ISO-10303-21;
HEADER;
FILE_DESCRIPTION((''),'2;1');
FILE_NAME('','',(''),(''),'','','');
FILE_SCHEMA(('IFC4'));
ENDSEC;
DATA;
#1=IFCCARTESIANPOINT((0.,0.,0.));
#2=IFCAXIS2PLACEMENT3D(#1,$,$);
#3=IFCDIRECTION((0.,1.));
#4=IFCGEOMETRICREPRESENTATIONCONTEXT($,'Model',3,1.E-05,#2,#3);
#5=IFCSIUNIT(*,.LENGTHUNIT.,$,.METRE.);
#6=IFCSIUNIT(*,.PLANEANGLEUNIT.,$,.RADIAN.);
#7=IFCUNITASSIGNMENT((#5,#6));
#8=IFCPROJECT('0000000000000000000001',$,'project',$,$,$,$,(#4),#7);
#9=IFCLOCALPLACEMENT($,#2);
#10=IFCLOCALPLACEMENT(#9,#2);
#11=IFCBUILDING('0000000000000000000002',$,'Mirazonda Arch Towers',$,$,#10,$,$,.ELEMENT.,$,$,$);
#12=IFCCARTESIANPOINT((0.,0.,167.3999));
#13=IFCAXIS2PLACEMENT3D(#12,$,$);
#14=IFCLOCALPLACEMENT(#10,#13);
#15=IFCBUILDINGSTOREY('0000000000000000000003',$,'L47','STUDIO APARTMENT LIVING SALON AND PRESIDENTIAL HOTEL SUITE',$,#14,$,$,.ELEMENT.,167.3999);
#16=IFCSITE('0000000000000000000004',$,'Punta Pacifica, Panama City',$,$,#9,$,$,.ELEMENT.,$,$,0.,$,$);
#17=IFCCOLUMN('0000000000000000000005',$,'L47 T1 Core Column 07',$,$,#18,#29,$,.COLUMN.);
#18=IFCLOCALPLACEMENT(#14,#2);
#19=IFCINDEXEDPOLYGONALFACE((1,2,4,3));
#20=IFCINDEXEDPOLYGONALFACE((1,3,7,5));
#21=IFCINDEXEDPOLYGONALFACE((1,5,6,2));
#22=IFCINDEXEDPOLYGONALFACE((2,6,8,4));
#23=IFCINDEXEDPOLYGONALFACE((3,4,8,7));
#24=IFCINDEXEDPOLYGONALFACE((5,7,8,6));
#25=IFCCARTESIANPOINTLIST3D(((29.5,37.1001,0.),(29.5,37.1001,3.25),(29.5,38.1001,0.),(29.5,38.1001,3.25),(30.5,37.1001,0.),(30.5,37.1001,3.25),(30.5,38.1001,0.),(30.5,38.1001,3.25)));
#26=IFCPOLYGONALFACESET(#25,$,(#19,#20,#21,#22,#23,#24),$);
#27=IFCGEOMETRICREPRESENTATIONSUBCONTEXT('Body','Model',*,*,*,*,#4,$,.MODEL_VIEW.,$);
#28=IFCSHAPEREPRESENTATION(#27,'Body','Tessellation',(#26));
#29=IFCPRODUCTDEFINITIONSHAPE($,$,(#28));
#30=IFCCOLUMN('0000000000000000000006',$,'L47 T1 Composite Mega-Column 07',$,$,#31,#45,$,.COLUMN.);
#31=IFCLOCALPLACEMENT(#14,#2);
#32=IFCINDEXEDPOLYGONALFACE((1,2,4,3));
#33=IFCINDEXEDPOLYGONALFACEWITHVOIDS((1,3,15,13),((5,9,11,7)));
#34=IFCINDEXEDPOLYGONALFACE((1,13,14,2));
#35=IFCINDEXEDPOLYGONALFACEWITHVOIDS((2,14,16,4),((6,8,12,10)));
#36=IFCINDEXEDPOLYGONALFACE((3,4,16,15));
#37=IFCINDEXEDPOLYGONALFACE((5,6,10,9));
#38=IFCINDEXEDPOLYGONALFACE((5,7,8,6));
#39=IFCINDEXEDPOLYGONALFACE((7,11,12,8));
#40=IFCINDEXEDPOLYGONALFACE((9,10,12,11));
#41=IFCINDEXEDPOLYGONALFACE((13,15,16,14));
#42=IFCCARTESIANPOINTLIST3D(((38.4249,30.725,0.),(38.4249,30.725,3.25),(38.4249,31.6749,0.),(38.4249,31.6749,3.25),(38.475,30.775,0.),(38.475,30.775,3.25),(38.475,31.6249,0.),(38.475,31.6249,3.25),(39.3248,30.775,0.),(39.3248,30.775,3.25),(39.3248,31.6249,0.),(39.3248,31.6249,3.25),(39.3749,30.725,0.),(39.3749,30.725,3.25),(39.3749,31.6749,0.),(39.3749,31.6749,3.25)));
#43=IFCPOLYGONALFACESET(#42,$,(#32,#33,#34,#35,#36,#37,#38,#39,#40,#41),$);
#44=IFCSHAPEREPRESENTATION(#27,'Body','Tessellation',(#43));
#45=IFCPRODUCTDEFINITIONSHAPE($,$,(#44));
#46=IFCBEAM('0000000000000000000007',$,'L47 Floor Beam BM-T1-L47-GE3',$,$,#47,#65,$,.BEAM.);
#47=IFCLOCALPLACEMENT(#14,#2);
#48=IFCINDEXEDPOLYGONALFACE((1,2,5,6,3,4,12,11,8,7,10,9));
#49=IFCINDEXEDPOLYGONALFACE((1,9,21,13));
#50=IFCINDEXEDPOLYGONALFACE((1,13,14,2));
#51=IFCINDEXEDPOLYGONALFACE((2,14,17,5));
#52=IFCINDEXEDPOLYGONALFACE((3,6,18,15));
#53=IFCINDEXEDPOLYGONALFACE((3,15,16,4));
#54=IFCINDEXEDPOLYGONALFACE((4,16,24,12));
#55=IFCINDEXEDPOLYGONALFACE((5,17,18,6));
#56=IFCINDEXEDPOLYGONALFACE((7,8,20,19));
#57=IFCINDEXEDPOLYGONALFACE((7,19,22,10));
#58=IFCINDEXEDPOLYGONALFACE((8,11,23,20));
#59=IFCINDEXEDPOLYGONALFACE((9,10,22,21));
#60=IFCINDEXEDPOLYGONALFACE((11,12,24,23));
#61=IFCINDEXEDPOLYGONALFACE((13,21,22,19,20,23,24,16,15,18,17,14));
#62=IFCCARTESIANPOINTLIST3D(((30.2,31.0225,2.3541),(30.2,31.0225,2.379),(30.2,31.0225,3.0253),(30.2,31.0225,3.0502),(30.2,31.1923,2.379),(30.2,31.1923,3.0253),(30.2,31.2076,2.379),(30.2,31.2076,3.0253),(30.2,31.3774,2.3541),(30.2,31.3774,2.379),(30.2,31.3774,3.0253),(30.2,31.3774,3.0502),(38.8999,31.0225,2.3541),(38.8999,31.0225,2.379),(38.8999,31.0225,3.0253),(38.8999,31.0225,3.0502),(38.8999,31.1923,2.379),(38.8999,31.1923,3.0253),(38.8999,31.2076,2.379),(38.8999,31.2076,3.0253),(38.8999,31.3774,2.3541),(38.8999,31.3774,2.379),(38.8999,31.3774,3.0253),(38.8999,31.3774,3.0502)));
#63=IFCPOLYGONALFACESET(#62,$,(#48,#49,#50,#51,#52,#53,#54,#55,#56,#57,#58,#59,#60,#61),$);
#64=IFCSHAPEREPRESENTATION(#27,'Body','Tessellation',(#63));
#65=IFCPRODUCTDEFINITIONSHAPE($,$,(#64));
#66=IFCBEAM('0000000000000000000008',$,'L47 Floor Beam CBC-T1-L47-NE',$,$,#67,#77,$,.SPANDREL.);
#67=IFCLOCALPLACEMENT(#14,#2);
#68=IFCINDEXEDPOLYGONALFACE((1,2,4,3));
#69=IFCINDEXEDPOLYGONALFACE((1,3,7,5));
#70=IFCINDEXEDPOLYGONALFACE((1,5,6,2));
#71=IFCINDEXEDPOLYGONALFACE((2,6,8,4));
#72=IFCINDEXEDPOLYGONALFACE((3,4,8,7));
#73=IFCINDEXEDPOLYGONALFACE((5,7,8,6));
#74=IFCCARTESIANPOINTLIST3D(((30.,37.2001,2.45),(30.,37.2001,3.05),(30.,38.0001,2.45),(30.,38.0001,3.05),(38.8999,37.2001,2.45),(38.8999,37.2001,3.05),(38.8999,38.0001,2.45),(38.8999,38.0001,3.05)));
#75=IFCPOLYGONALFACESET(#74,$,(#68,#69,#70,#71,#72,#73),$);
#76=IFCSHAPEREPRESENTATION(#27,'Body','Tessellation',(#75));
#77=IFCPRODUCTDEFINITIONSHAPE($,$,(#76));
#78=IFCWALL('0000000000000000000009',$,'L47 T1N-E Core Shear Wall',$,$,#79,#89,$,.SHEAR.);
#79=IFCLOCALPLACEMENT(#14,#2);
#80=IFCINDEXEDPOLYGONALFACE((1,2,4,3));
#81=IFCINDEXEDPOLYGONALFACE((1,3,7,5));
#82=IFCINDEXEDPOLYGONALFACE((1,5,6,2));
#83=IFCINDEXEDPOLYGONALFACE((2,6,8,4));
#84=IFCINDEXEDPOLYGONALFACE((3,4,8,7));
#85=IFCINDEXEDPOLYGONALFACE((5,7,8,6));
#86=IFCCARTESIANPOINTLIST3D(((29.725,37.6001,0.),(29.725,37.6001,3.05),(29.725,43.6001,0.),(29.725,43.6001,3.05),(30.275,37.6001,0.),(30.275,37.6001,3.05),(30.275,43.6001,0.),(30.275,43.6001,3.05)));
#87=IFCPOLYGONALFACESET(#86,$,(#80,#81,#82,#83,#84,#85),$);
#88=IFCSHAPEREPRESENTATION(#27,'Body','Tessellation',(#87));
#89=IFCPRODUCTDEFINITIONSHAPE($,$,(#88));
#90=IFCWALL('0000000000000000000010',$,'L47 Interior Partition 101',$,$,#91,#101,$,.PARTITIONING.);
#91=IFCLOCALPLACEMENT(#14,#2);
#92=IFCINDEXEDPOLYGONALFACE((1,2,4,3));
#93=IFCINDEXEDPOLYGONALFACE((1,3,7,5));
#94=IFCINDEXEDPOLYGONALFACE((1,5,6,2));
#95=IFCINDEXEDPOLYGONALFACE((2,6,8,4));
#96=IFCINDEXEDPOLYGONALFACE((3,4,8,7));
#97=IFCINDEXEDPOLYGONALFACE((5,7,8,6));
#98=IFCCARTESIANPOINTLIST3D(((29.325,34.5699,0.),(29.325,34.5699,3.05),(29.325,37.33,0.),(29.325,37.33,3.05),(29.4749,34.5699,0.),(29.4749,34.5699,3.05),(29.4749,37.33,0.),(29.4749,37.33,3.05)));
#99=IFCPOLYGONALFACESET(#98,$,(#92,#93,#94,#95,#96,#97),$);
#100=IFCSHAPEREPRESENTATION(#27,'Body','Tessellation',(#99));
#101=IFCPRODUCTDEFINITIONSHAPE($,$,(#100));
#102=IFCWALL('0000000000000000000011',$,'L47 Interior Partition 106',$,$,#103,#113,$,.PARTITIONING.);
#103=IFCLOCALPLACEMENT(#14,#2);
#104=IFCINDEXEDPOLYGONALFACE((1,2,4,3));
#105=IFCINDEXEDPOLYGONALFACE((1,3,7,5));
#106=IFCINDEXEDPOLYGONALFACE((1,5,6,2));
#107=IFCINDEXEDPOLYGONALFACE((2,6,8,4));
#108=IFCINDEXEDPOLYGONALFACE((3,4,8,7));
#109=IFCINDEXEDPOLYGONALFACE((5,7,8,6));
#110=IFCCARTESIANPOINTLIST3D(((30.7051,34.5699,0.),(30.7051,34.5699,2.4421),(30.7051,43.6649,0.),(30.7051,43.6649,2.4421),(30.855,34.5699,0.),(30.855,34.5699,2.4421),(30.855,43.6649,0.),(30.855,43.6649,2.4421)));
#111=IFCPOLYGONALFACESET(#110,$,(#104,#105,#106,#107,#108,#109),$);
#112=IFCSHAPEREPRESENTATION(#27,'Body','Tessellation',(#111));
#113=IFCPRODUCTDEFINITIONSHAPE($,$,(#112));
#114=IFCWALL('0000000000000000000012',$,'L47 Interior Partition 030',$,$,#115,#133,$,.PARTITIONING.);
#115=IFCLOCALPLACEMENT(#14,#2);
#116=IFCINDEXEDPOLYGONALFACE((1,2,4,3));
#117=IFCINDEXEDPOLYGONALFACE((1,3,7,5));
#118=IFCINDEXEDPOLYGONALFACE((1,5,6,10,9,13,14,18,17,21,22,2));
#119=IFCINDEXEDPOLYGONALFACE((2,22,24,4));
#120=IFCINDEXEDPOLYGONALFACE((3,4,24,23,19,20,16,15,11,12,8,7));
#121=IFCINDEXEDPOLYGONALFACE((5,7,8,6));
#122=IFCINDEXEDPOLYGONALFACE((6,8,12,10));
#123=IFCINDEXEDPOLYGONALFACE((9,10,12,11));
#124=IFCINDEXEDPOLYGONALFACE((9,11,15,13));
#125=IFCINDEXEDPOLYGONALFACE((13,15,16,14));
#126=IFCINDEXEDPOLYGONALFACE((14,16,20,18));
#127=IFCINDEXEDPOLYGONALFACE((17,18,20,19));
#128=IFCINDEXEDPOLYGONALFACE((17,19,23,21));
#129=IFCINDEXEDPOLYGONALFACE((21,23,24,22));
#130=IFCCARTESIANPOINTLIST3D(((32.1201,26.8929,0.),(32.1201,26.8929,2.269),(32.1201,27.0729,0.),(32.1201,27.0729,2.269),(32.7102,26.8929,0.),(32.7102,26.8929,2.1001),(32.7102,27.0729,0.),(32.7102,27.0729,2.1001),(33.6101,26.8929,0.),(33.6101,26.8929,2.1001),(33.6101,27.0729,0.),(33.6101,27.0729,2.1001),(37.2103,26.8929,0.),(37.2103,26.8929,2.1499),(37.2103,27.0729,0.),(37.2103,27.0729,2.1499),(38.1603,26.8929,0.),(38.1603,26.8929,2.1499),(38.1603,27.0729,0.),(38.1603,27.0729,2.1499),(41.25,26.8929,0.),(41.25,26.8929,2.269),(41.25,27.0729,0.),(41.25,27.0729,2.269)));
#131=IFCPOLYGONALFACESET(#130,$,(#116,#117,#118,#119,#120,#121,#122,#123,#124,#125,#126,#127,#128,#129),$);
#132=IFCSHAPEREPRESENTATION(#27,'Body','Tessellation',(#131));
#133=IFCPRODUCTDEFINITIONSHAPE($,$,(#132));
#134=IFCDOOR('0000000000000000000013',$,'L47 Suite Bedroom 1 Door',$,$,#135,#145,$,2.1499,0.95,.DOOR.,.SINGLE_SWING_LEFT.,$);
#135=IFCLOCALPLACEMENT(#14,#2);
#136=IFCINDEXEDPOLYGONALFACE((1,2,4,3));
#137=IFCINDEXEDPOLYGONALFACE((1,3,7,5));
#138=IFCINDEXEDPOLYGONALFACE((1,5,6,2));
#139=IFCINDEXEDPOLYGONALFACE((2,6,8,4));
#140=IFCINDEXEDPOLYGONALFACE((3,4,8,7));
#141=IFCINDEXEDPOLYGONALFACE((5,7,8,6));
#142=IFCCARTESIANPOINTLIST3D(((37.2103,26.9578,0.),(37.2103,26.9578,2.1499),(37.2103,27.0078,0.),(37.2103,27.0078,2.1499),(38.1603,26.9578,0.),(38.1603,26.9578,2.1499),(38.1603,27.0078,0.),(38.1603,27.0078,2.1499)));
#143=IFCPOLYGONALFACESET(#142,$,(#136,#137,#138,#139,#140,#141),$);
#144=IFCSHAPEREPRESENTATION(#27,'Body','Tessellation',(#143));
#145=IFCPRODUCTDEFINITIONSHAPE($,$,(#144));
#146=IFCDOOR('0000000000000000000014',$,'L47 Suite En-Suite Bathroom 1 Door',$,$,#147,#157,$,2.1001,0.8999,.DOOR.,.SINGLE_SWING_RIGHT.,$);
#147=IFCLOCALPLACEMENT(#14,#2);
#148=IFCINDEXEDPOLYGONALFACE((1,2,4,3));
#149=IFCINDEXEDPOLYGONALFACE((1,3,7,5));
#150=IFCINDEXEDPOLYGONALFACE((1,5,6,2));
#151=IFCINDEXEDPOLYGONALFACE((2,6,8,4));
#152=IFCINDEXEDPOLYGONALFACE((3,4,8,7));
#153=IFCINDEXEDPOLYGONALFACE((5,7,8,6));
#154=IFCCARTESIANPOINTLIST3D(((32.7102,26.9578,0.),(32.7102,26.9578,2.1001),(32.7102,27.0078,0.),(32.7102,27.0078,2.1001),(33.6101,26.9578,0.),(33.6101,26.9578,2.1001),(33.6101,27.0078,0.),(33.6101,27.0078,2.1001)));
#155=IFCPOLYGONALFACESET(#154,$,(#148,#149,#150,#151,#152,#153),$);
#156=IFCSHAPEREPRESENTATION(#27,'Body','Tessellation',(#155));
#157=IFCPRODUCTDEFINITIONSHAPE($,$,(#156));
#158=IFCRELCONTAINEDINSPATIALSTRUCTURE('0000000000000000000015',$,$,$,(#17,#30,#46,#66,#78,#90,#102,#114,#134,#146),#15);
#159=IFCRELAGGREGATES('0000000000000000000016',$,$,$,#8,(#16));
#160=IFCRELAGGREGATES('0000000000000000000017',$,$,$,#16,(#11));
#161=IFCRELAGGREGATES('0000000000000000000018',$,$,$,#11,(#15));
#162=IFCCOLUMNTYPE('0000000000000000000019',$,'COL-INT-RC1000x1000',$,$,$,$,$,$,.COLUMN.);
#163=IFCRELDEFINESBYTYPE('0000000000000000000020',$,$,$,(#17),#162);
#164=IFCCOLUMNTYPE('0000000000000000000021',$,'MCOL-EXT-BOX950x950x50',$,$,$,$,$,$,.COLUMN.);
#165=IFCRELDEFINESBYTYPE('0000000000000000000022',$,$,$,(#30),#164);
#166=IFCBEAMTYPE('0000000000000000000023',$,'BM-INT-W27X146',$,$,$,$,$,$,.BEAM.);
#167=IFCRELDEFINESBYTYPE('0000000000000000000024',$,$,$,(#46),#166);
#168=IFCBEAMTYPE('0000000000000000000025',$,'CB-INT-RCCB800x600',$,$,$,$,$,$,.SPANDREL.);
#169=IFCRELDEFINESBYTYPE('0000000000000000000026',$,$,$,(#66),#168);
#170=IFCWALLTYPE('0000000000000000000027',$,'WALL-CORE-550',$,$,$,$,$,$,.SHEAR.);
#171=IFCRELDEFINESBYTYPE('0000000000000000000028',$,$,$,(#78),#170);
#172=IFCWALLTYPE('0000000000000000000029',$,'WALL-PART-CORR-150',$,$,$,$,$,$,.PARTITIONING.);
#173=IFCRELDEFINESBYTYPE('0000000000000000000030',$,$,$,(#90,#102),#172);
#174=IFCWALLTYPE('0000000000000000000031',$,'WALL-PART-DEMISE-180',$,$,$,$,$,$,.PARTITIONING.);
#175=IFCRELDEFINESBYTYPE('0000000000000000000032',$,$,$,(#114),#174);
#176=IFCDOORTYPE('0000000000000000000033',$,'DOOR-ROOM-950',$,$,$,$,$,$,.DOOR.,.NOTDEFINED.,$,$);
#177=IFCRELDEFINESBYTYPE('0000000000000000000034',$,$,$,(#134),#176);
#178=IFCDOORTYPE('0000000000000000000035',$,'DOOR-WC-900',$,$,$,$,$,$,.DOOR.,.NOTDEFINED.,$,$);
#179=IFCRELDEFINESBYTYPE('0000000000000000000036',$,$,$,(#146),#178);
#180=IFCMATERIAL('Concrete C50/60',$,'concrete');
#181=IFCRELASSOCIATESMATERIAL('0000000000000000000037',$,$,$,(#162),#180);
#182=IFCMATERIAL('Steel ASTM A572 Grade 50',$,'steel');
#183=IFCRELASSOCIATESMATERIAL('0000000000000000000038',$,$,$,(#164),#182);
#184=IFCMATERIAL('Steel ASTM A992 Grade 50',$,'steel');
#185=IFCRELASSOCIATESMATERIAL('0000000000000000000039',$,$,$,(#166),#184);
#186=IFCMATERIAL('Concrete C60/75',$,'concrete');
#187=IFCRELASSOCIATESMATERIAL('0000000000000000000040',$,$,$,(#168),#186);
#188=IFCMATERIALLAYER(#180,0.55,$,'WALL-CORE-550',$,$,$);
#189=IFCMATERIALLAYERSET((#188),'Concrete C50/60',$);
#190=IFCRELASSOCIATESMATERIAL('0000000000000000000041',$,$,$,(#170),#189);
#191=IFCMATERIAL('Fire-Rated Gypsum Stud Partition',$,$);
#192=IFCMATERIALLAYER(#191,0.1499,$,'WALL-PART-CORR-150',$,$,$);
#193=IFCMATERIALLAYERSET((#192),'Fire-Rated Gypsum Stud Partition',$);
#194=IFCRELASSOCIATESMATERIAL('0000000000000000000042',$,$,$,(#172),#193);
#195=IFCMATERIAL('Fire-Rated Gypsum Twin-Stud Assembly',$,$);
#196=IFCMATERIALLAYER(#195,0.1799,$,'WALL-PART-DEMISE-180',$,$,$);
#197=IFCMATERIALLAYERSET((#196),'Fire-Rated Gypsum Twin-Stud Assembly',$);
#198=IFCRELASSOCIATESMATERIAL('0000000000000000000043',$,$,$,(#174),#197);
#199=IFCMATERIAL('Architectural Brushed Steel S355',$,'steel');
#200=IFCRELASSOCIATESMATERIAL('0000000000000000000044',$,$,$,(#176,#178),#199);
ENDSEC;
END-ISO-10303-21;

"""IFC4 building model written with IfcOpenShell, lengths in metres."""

from ifc_helpers import new_model, si_unit, direction, frame, frame_2d, origin, origin_2d, place, context, subcontext, project, spatial, rectangle, hollow_rectangle, i_section, extrude, material, layer, layer_set, material_profile, profile_set, type_object, element, fill, save


model = new_model("IFC4")

# Units and contexts
model_context = context("Model", 3, precision=1e-05, world=origin(), true_north=direction((0.0, 1.0)))
body_context = subcontext(model_context, "Body", "Model", "MODEL_VIEW")
ifc_project = project(units=[si_unit("LENGTHUNIT", "METRE"), si_unit("PLANEANGLEUNIT", "RADIAN")], contexts=[model_context])

# Site, building, storey
site_placement = place(None, origin())
site = spatial("IfcSite", under=ifc_project, at=site_placement, Name="Punta Pacifica, Panama City", CompositionType="ELEMENT", RefElevation=0.0)
building_placement = place(site_placement, origin())
building = spatial("IfcBuilding", under=site, at=building_placement, Name="Mirazonda Arch Towers", CompositionType="ELEMENT")
storey_placement = place(building_placement, frame((0.0, 0.0, 167.3999)))
storey = spatial("IfcBuildingStorey", under=building, at=storey_placement, Name="L47", Description="STUDIO APARTMENT LIVING SALON AND PRESIDENTIAL HOTEL SUITE", CompositionType="ELEMENT", Elevation=167.3999)

# Columns
ifc_material_1 = material(Name="Concrete C50/60", Category="concrete")
ifc_material_profile_1 = material_profile(ifc_material_1, rectangle(XDim=1.0, YDim=1.0, at=origin_2d()), Name="RC1000x1000")
ifc_profile_set_1 = profile_set([ifc_material_profile_1], Name="Concrete C50/60")
column_type_1 = type_object("IfcColumnType", Name="COL-INT-RC1000x1000", PredefinedType="COLUMN", material=ifc_profile_set_1)
column_1_placement = place(storey_placement, frame((30.0, 37.6001, 0.0), z_axis=(0.0, 0.0, 1.0), x_axis=(1.0, 0.0, 0.0)))
element("IfcColumn", 1, at=column_1_placement, inside=storey, type_object=column_type_1, Name="L47 T1 Core Column 07", PredefinedType="COLUMN", context=body_context, shape_type="SweptSolid", body=[
    extrude(rectangle(XDim=1.0, YDim=1.0, at=origin_2d()), origin(), (0.0, 0.0, 1.0), 3.25),
])
ifc_material_2 = material(Name="Steel ASTM A572 Grade 50", Category="steel")
ifc_material_profile_2 = material_profile(ifc_material_2, hollow_rectangle(XDim=0.95, YDim=0.95, WallThickness=0.05, at=origin_2d()), Name="BOX950x950x50")
ifc_profile_set_2 = profile_set([ifc_material_profile_2], Name="Steel ASTM A572 Grade 50")
column_type_2 = type_object("IfcColumnType", Name="MCOL-EXT-BOX950x950x50", PredefinedType="COLUMN", material=ifc_profile_set_2)
column_2_placement = place(storey_placement, frame((38.8999, 31.2, 0.0), z_axis=(0.0, 0.0, 1.0), x_axis=(1.0, 0.0, 0.0)))
element("IfcColumn", 2, at=column_2_placement, inside=storey, type_object=column_type_2, Name="L47 T1 Composite Mega-Column 07", PredefinedType="COLUMN", context=body_context, shape_type="SweptSolid", body=[
    extrude(hollow_rectangle(XDim=0.95, YDim=0.95, WallThickness=0.05, at=origin_2d()), origin(), (0.0, 0.0, 1.0), 3.25),
])

# Beams
ifc_material_3 = material(Name="Steel ASTM A992 Grade 50", Category="steel")
ifc_material_profile_3 = material_profile(ifc_material_3, i_section(OverallWidth=0.355, OverallDepth=0.696, WebThickness=0.0154, FlangeThickness=0.0249, at=origin_2d()), Name="W27X146")
ifc_profile_set_3 = profile_set([ifc_material_profile_3], Name="Steel ASTM A992 Grade 50")
beam_type_1 = type_object("IfcBeamType", Name="BM-INT-W27X146", PredefinedType="BEAM", material=ifc_profile_set_3)
beam_1_placement = place(storey_placement, frame((30.2, 31.2, 2.7021), z_axis=(1.0, 0.0, 0.0), x_axis=(0.0, 1.0, 0.0)))
element("IfcBeam", 3, at=beam_1_placement, inside=storey, type_object=beam_type_1, Name="L47 Floor Beam BM-T1-L47-GE3", PredefinedType="BEAM", context=body_context, shape_type="SweptSolid", body=[
    extrude(i_section(OverallWidth=0.355, OverallDepth=0.696, WebThickness=0.0154, FlangeThickness=0.0249, at=origin_2d()), origin(), (0.0, 0.0, 1.0), 8.7),
])
ifc_material_4 = material(Name="Concrete C60/75", Category="concrete")
ifc_material_profile_4 = material_profile(ifc_material_4, rectangle(XDim=0.8, YDim=0.6001, at=origin_2d()), Name="RCCB800x600")
ifc_profile_set_4 = profile_set([ifc_material_profile_4], Name="Concrete C60/75")
beam_type_2 = type_object("IfcBeamType", Name="CB-INT-RCCB800x600", PredefinedType="SPANDREL", material=ifc_profile_set_4)
beam_2_placement = place(storey_placement, frame((30.0, 37.6001, 2.75), z_axis=(1.0, 0.0, 0.0), x_axis=(0.0, 1.0, 0.0)))
element("IfcBeam", 4, at=beam_2_placement, inside=storey, type_object=beam_type_2, Name="L47 Floor Beam CBC-T1-L47-NE", PredefinedType="SPANDREL", context=body_context, shape_type="SweptSolid", body=[
    extrude(rectangle(XDim=0.8, YDim=0.6001, at=origin_2d()), origin(), (0.0, 0.0, 1.0), 8.8999),
])

# Walls
ifc_layer_1 = layer(ifc_material_1, 0.55, Name="WALL-CORE-550")
ifc_layer_set_1 = layer_set([ifc_layer_1], Name="Concrete C50/60")
wall_type_1 = type_object("IfcWallType", Name="WALL-CORE-550", PredefinedType="SHEAR", material=ifc_layer_set_1)
wall_1_placement = place(storey_placement, frame((30.0, 37.6001, 0.0), z_axis=(0.0, 0.0, 1.0), x_axis=(0.0, 1.0, 0.0)))
element("IfcWall", 5, at=wall_1_placement, inside=storey, type_object=wall_type_1, Name="L47 T1N-E Core Shear Wall", PredefinedType="SHEAR", context=body_context, shape_type="SweptSolid", body=[
    extrude(rectangle(XDim=6.0, YDim=0.55, at=frame_2d((3.0, 0.0))), origin(), (0.0, 0.0, 1.0), 3.05),
])
ifc_material_5 = material(Name="Fire-Rated Gypsum Stud Partition")
ifc_layer_2 = layer(ifc_material_5, 0.1499, Name="WALL-PART-CORR-150")
ifc_layer_set_2 = layer_set([ifc_layer_2], Name="Fire-Rated Gypsum Stud Partition")
wall_type_2 = type_object("IfcWallType", Name="WALL-PART-CORR-150", PredefinedType="PARTITIONING", material=ifc_layer_set_2)
wall_2_placement = place(storey_placement, frame((29.3999, 34.5701, 0.0), z_axis=(0.0, 0.0, 1.0), x_axis=(0.0, 1.0, 0.0)))
element("IfcWall", 6, at=wall_2_placement, inside=storey, type_object=wall_type_2, Name="L47 Interior Partition 101", PredefinedType="PARTITIONING", context=body_context, shape_type="SweptSolid", body=[
    extrude(rectangle(XDim=2.76, YDim=0.1499, at=frame_2d((1.3799, 0.0))), origin(), (0.0, 0.0, 1.0), 3.05),
])
wall_3_placement = place(storey_placement, frame((30.78, 34.5701, 0.0), z_axis=(0.0, 0.0, 1.0), x_axis=(0.0, 1.0, 0.0)))
element("IfcWall", 7, at=wall_3_placement, inside=storey, type_object=wall_type_2, Name="L47 Interior Partition 106", PredefinedType="PARTITIONING", context=body_context, shape_type="SweptSolid", body=[
    extrude(rectangle(XDim=9.095, YDim=0.1499, at=frame_2d((4.5474, 0.0))), origin(), (0.0, 0.0, 1.0), 2.4421),
])

# Wall, openings, doors
ifc_material_6 = material(Name="Fire-Rated Gypsum Twin-Stud Assembly")
ifc_layer_3 = layer(ifc_material_6, 0.1799, Name="WALL-PART-DEMISE-180")
ifc_layer_set_3 = layer_set([ifc_layer_3], Name="Fire-Rated Gypsum Twin-Stud Assembly")
wall_type_3 = type_object("IfcWallType", Name="WALL-PART-DEMISE-180", PredefinedType="PARTITIONING", material=ifc_layer_set_3)
wall_4_placement = place(storey_placement, frame((32.1201, 26.9829, 0.0), z_axis=(0.0, 0.0, 1.0), x_axis=(1.0, 0.0, 0.0)))
wall_4 = element("IfcWall", 8, at=wall_4_placement, inside=storey, type_object=wall_type_3, Name="L47 Interior Partition 030", PredefinedType="PARTITIONING", context=body_context, shape_type="SweptSolid", body=[
    extrude(rectangle(XDim=9.1299, YDim=0.1799, at=frame_2d((4.5649, 0.0))), origin(), (0.0, 0.0, 1.0), 2.269),
])
opening_1_placement = place(wall_4_placement, frame((5.0901, 0.0, 0.0)))
opening_1 = element("IfcOpeningElement", 9, at=opening_1_placement, cuts=wall_4, PredefinedType="OPENING", context=body_context, shape_type="SweptSolid", body=[
    extrude(rectangle(XDim=0.95, YDim=2.1499, at=frame_2d((0.4751, 1.075))), frame((0.0, 0.0999, 0.0), z_axis=(0.0, -1.0, 0.0), x_axis=(1.0, 0.0, 0.0)), (0.0, 0.0, 1.0), 0.2),
])
opening_2_placement = place(wall_4_placement, frame((0.5901, 0.0, 0.0)))
opening_2 = element("IfcOpeningElement", 10, at=opening_2_placement, cuts=wall_4, PredefinedType="OPENING", context=body_context, shape_type="SweptSolid", body=[
    extrude(rectangle(XDim=0.8999, YDim=2.1001, at=frame_2d((0.45, 1.05))), frame((0.0, 0.0999, 0.0), z_axis=(0.0, -1.0, 0.0), x_axis=(1.0, 0.0, 0.0)), (0.0, 0.0, 1.0), 0.2),
])
ifc_material_7 = material(Name="Architectural Brushed Steel S355", Category="steel")
door_type_1 = type_object("IfcDoorType", Name="DOOR-ROOM-950", OperationType="NOTDEFINED", PredefinedType="DOOR", material=ifc_material_7)
door_1_placement = place(opening_1_placement, origin())
door_1 = element("IfcDoor", 11, at=door_1_placement, inside=storey, type_object=door_type_1, Name="L47 Suite Bedroom 1 Door", OperationType="SINGLE_SWING_LEFT", OverallHeight=2.1499, OverallWidth=0.95, PredefinedType="DOOR", context=body_context, shape_type="SweptSolid", body=[
    extrude(rectangle(XDim=0.95, YDim=2.1499, at=frame_2d((0.4751, 1.075))), frame((0.0, 0.0249, 0.0), z_axis=(0.0, -1.0, 0.0), x_axis=(1.0, 0.0, 0.0)), (0.0, 0.0, 1.0), 0.05),
])
fill(opening_1, door_1)
door_type_2 = type_object("IfcDoorType", Name="DOOR-WC-900", OperationType="NOTDEFINED", PredefinedType="DOOR", material=ifc_material_7)
door_2_placement = place(opening_2_placement, origin())
door_2 = element("IfcDoor", 12, at=door_2_placement, inside=storey, type_object=door_type_2, Name="L47 Suite En-Suite Bathroom 1 Door", OperationType="SINGLE_SWING_RIGHT", OverallHeight=2.1001, OverallWidth=0.8999, PredefinedType="DOOR", context=body_context, shape_type="SweptSolid", body=[
    extrude(rectangle(XDim=0.8999, YDim=2.1001, at=frame_2d((0.45, 1.05))), frame((0.0, 0.0249, 0.0), z_axis=(0.0, -1.0, 0.0), x_axis=(1.0, 0.0, 0.0)), (0.0, 0.0, 1.0), 0.05),
])
fill(opening_2, door_2)

save(model, "model.ifc")
